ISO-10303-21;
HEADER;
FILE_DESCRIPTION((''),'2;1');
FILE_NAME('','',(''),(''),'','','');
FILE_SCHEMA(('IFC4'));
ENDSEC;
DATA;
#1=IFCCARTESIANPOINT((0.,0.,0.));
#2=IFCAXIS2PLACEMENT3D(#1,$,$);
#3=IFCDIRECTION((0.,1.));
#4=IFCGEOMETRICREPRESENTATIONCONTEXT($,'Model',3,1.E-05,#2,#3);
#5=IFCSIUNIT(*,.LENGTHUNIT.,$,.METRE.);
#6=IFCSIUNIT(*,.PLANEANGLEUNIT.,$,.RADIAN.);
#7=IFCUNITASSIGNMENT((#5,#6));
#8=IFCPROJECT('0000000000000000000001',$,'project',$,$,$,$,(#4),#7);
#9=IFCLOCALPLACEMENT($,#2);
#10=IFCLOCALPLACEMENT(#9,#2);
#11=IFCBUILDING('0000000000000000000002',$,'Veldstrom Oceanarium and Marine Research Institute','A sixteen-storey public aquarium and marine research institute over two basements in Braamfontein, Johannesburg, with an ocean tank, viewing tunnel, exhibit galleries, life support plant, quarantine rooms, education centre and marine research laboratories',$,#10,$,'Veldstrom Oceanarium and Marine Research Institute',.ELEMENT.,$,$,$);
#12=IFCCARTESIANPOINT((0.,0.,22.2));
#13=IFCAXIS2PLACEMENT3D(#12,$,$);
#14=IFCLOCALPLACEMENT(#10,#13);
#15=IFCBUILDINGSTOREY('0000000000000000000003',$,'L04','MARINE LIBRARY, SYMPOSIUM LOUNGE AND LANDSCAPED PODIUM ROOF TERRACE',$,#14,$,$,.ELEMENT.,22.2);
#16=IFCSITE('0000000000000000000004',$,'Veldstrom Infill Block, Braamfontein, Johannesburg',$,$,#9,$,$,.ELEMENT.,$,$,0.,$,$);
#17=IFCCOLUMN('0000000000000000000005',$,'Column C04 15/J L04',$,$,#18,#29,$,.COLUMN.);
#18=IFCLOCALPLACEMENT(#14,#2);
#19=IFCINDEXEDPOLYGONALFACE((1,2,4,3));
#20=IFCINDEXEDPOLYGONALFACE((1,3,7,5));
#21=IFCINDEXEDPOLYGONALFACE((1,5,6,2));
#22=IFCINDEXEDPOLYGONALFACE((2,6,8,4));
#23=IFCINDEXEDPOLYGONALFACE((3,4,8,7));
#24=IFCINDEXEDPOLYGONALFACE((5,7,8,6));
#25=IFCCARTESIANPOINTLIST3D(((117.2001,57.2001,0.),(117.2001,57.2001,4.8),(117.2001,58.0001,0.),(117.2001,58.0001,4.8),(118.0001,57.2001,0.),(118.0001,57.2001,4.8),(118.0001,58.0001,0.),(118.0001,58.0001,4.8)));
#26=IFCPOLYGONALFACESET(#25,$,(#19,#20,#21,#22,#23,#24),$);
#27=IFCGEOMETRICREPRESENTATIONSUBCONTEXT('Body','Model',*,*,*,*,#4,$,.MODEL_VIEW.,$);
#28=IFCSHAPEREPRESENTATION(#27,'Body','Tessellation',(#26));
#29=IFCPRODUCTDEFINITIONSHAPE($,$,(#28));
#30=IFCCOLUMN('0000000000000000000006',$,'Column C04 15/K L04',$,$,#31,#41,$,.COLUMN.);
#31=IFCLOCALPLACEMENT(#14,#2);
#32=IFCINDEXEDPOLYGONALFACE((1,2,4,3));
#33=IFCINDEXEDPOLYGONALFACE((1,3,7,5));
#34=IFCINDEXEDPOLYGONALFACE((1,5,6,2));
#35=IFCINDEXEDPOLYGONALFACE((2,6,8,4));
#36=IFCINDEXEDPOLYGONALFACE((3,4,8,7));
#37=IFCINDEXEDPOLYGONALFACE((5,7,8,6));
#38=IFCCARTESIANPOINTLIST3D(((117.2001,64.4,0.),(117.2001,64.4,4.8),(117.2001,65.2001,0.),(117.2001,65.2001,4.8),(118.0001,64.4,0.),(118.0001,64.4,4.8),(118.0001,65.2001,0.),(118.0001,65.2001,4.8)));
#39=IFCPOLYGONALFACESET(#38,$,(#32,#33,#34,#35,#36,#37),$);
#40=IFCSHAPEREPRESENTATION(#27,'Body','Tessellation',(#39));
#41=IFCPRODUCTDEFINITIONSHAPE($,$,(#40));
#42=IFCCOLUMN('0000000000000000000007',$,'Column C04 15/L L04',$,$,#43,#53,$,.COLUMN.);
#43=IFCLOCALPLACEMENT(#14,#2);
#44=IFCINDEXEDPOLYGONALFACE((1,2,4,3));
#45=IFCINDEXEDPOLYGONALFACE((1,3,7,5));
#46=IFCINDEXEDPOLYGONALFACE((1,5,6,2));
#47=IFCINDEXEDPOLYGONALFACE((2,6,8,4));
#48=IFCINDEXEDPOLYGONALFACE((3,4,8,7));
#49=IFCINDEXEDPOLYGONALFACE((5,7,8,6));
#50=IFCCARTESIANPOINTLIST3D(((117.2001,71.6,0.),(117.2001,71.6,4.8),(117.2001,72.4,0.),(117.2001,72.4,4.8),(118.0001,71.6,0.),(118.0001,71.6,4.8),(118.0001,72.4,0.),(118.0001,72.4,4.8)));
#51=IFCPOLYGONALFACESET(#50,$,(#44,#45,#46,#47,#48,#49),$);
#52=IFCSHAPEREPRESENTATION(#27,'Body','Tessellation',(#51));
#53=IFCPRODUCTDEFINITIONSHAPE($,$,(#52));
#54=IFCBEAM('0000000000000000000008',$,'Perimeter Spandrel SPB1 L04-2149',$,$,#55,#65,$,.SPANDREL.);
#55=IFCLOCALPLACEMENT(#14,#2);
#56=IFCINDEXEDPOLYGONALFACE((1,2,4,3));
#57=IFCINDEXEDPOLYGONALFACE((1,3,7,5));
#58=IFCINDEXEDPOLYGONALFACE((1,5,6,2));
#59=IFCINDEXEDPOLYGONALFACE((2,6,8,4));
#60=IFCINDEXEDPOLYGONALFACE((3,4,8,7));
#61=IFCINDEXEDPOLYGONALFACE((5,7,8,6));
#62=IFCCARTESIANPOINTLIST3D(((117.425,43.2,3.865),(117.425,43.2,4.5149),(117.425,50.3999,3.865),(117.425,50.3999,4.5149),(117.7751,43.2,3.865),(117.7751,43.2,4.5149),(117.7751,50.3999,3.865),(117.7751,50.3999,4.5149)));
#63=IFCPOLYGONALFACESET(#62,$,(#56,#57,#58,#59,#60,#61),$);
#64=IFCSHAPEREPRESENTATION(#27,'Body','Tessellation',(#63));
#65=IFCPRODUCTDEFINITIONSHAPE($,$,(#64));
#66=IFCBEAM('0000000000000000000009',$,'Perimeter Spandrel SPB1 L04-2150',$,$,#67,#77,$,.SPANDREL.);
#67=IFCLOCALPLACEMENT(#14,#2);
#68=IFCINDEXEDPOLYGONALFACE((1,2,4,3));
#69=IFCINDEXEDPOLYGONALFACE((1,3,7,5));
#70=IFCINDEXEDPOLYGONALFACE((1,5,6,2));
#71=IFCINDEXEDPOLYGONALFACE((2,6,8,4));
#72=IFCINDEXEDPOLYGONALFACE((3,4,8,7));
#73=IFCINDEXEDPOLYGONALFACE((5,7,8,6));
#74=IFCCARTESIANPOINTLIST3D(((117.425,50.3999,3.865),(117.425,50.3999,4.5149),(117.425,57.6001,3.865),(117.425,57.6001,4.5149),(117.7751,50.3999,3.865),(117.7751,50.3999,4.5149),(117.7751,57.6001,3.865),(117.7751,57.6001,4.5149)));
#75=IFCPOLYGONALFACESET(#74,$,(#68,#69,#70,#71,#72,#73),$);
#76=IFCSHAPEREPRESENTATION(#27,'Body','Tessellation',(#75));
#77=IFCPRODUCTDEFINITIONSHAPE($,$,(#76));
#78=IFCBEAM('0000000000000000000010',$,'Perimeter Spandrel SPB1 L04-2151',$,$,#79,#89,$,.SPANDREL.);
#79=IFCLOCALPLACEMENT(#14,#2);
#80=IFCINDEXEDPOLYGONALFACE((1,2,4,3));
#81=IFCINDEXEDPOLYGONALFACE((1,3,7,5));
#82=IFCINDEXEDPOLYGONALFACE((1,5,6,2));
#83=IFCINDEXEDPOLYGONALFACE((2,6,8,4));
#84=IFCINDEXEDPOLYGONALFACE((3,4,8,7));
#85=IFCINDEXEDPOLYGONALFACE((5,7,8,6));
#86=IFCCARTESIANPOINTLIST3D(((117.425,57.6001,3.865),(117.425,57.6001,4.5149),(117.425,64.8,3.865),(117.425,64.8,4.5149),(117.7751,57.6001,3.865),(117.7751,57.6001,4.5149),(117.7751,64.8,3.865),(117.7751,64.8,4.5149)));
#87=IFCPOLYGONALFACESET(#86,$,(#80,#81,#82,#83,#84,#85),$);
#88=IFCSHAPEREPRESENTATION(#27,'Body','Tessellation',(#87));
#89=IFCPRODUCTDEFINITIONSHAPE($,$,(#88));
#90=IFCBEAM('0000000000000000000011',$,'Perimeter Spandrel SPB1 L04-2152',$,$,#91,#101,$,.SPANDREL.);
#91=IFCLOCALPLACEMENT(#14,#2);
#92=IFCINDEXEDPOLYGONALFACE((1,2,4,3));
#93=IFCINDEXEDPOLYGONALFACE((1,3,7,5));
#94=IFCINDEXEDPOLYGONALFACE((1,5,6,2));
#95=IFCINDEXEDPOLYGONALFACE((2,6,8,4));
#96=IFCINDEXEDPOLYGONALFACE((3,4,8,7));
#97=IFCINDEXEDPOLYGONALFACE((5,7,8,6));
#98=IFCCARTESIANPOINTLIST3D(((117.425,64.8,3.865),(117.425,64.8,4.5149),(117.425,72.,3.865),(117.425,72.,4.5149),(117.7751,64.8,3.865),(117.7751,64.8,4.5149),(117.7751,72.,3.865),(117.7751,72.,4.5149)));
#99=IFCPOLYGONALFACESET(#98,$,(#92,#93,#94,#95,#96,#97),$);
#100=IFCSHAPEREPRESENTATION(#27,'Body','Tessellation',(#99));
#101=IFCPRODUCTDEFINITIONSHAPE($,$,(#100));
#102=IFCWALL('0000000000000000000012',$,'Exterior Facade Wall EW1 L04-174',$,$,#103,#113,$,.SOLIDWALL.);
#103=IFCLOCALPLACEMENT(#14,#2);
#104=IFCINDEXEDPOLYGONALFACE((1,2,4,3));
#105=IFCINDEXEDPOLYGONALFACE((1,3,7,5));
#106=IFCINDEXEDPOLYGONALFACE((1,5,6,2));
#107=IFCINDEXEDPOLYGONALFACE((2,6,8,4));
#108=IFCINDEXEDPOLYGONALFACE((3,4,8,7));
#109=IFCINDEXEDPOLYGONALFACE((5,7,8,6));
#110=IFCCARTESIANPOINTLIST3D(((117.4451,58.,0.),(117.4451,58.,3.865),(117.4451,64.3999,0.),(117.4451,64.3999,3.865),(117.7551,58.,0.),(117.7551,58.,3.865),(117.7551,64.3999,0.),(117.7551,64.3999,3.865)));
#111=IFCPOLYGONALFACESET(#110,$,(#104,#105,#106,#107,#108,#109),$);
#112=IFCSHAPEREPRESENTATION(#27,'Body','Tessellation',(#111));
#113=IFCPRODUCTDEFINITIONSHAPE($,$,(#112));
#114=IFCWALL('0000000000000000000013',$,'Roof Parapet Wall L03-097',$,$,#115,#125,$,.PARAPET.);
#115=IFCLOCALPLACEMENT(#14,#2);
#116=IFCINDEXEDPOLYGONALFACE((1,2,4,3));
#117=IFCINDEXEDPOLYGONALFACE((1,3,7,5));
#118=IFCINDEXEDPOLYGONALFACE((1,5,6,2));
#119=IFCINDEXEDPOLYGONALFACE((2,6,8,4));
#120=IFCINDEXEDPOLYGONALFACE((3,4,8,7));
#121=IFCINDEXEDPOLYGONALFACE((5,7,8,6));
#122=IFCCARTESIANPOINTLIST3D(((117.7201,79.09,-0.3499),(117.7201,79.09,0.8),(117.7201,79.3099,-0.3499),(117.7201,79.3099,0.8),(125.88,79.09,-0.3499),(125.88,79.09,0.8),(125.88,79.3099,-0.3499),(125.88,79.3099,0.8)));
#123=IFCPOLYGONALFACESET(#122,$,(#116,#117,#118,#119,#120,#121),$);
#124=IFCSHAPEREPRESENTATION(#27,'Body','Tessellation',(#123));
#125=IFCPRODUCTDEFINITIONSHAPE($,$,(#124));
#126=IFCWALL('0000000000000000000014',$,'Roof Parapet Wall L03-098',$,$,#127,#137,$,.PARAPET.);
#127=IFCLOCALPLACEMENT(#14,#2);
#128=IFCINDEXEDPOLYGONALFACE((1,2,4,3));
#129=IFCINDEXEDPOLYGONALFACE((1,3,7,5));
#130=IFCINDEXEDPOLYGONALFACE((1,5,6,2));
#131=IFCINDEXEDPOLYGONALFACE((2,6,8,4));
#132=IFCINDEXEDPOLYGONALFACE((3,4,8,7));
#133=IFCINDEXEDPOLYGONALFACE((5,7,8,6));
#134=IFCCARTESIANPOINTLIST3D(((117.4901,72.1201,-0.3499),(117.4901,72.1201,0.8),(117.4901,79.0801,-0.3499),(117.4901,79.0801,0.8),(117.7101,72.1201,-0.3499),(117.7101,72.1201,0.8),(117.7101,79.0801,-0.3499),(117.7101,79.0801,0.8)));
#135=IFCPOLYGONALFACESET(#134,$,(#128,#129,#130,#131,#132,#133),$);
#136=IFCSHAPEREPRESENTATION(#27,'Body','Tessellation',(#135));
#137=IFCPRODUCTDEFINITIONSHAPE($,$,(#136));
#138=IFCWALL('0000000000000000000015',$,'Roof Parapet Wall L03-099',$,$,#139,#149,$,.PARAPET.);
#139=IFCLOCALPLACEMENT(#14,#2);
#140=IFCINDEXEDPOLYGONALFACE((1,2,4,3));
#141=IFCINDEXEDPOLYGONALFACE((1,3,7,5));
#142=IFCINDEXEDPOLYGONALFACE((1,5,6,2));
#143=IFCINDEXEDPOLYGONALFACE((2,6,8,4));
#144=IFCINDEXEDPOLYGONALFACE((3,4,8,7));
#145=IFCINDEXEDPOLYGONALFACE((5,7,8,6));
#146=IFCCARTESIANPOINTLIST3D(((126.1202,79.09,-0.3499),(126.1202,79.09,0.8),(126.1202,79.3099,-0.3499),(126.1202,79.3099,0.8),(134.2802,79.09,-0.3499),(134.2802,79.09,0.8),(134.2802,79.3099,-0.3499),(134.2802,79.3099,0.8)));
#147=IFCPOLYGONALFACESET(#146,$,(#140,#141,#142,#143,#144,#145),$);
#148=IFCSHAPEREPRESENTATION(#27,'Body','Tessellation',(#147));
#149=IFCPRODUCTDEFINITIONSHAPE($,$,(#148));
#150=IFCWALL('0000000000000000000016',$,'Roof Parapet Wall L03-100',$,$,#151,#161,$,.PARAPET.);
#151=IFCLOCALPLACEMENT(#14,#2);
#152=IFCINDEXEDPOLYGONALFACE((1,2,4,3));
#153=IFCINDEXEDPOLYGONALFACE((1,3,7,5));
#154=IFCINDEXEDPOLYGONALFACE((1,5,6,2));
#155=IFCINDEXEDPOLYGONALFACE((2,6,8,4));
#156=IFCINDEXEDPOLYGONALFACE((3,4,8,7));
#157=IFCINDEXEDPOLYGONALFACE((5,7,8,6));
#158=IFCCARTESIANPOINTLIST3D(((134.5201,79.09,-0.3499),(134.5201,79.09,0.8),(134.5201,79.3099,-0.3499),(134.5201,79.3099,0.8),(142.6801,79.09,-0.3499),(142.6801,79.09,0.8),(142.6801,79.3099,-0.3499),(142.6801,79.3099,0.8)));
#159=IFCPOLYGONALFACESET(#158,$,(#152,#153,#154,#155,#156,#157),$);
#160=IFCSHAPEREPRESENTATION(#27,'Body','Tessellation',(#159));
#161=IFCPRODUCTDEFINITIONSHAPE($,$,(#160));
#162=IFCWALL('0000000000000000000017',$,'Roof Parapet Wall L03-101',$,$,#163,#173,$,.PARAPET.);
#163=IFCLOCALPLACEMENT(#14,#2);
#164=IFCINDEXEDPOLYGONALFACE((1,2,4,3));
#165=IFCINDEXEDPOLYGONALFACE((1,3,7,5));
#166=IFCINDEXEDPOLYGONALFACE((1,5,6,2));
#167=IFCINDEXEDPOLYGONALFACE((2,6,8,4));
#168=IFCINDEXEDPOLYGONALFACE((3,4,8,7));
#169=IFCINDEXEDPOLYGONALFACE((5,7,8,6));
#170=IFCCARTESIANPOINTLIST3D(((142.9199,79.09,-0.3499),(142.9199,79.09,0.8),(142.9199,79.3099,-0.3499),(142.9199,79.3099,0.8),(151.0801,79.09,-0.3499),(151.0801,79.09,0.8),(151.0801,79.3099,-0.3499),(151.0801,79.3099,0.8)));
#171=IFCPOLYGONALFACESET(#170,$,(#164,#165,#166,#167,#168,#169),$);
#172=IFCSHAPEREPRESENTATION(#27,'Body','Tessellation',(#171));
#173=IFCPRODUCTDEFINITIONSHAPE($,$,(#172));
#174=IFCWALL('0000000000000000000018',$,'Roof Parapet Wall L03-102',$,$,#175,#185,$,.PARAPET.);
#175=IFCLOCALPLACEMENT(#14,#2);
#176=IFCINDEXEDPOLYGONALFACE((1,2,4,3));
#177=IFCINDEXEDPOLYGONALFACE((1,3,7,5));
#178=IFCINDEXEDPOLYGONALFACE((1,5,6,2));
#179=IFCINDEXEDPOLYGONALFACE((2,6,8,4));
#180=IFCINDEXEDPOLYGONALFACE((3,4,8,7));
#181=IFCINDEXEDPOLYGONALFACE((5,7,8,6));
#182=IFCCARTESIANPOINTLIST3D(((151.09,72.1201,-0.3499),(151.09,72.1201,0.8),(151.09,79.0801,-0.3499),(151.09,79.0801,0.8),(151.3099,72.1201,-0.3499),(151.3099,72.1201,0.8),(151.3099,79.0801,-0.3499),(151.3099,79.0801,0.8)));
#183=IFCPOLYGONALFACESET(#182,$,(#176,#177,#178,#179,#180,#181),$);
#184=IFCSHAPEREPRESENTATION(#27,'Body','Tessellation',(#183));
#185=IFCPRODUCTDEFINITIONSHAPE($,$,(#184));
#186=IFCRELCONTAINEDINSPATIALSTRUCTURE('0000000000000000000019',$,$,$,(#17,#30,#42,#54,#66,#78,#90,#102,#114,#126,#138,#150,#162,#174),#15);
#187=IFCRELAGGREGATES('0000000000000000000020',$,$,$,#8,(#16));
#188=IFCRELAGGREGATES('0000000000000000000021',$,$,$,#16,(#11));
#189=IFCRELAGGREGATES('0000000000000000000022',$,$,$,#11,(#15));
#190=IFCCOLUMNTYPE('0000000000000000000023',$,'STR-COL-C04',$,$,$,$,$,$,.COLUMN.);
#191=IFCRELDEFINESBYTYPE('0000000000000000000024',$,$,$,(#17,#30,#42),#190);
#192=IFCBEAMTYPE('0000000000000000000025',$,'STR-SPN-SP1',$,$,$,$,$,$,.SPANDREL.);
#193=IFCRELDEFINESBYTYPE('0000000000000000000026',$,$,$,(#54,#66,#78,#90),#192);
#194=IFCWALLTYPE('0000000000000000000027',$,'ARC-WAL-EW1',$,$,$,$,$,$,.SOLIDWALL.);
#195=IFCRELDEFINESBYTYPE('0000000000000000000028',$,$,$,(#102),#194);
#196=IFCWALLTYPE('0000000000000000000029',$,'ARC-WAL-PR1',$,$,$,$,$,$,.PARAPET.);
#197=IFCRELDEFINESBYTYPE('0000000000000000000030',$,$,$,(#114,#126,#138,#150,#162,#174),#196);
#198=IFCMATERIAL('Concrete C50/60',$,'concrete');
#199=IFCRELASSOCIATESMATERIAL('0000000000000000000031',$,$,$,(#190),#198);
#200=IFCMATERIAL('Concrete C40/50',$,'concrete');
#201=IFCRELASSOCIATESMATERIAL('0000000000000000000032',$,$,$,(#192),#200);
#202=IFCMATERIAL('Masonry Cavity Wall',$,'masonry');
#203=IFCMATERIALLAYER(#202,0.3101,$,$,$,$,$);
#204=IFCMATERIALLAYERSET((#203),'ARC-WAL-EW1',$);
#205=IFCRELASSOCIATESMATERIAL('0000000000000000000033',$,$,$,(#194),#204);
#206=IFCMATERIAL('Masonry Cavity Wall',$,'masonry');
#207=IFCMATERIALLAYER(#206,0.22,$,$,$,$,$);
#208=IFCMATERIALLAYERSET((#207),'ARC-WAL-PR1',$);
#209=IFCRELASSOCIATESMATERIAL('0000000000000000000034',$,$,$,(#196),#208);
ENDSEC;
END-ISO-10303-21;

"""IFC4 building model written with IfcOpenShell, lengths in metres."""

from ifc_helpers import new_model, si_unit, direction, frame, frame_2d, origin, origin_2d, place, context, subcontext, project, spatial, rectangle, extrude, material, layer, layer_set, material_profile, profile_set, type_object, element, save


model = new_model("IFC4")

# Units and contexts
model_context = context("Model", 3, precision=1e-05, world=origin(), true_north=direction((0.0, 1.0)))
body_context = subcontext(model_context, "Body", "Model", "MODEL_VIEW")
ifc_project = project(units=[si_unit("LENGTHUNIT", "METRE"), si_unit("PLANEANGLEUNIT", "RADIAN")], contexts=[model_context])

# Site, building, storey
site_placement = place(None, origin())
site = spatial("IfcSite", under=ifc_project, at=site_placement, Name="Veldstrom Infill Block, Braamfontein, Johannesburg", CompositionType="ELEMENT", RefElevation=0.0)
building_placement = place(site_placement, origin())
building = spatial("IfcBuilding", under=site, at=building_placement, Name="Veldstrom Oceanarium and Marine Research Institute", Description="A sixteen-storey public aquarium and marine research institute over two basements in Braamfontein, Johannesburg, with an ocean tank, viewing tunnel, exhibit galleries, life support plant, quarantine rooms, education centre and marine research laboratories", LongName="Veldstrom Oceanarium and Marine Research Institute", CompositionType="ELEMENT")
storey_placement = place(building_placement, frame((0.0, 0.0, 22.2)))
storey = spatial("IfcBuildingStorey", under=building, at=storey_placement, Name="L04", Description="MARINE LIBRARY, SYMPOSIUM LOUNGE AND LANDSCAPED PODIUM ROOF TERRACE", CompositionType="ELEMENT", Elevation=22.2)

# Columns
ifc_material_1 = material(Name="Concrete C50/60", Category="concrete")
ifc_material_profile_1 = material_profile(ifc_material_1, rectangle(XDim=0.8, YDim=0.8, at=origin_2d()), Name="RC-COL-800x800")
ifc_profile_set_1 = profile_set([ifc_material_profile_1], Name="Concrete C50/60")
column_type = type_object("IfcColumnType", Name="STR-COL-C04", PredefinedType="COLUMN", material=ifc_profile_set_1)
for number, where, z_axis, x_axis, name in (
    (1, (117.6001, 57.6001, 0.0), (0.0, 0.0, 1.0), (1.0, 0.0, 0.0), "Column C04 15/J L04"),
    (2, (117.6001, 64.8, 0.0), (0.0, 0.0, 1.0), (1.0, 0.0, 0.0), "Column C04 15/K L04"),
    (3, (117.6001, 72.0, 0.0), (0.0, 0.0, 1.0), (1.0, 0.0, 0.0), "Column C04 15/L L04"),
):
    element("IfcColumn", number, at=place(storey_placement, frame(where, z_axis=z_axis, x_axis=x_axis)), inside=storey, type_object=column_type, Name=name, PredefinedType="COLUMN", context=body_context, shape_type="SweptSolid", body=[
        extrude(rectangle(XDim=0.8, YDim=0.8, at=origin_2d()), origin(), (0.0, 0.0, 1.0), 4.8),
    ])

# Beams
ifc_material_2 = material(Name="Concrete C40/50", Category="concrete")
ifc_material_profile_2 = material_profile(ifc_material_2, rectangle(XDim=0.3501, YDim=0.6499, at=origin_2d()), Name="RC-SPN-350x650")
ifc_profile_set_2 = profile_set([ifc_material_profile_2], Name="Concrete C40/50")
beam_type = type_object("IfcBeamType", Name="STR-SPN-SP1", PredefinedType="SPANDREL", material=ifc_profile_set_2)
beam_1_placement = place(storey_placement, frame((117.6001, 43.2, 4.1899), z_axis=(0.0, 1.0, 0.0), x_axis=(-1.0, 0.0, 0.0)))
element("IfcBeam", 4, at=beam_1_placement, inside=storey, type_object=beam_type, Name="Perimeter Spandrel SPB1 L04-2149", PredefinedType="SPANDREL", context=body_context, shape_type="SweptSolid", body=[
    extrude(rectangle(XDim=0.3501, YDim=0.6499, at=origin_2d()), origin(), (0.0, 0.0, 1.0), 7.2),
])
beam_2_placement = place(storey_placement, frame((117.6001, 50.3999, 4.1899), z_axis=(0.0, 1.0, 0.0), x_axis=(-1.0, 0.0, 0.0)))
element("IfcBeam", 5, at=beam_2_placement, inside=storey, type_object=beam_type, Name="Perimeter Spandrel SPB1 L04-2150", PredefinedType="SPANDREL", context=body_context, shape_type="SweptSolid", body=[
    extrude(rectangle(XDim=0.3501, YDim=0.6499, at=origin_2d()), origin(), (0.0, 0.0, 1.0), 7.2002),
])
for number, where, z_axis, x_axis, name in (
    (6, (117.6001, 57.6001, 4.1899), (0.0, 1.0, 0.0), (-1.0, 0.0, 0.0), "Perimeter Spandrel SPB1 L04-2151"),
    (7, (117.6001, 64.8, 4.1899), (0.0, 1.0, 0.0), (-1.0, 0.0, 0.0), "Perimeter Spandrel SPB1 L04-2152"),
):
    element("IfcBeam", number, at=place(storey_placement, frame(where, z_axis=z_axis, x_axis=x_axis)), inside=storey, type_object=beam_type, Name=name, PredefinedType="SPANDREL", context=body_context, shape_type="SweptSolid", body=[
        extrude(rectangle(XDim=0.3501, YDim=0.6499, at=origin_2d()), origin(), (0.0, 0.0, 1.0), 7.2),
    ])

# Wall
ifc_material_3 = material(Name="Masonry Cavity Wall", Category="masonry")
ifc_layer_1 = layer(ifc_material_3, 0.3101)
ifc_layer_set_1 = layer_set([ifc_layer_1], Name="ARC-WAL-EW1")
wall_type_1 = type_object("IfcWallType", Name="ARC-WAL-EW1", PredefinedType="SOLIDWALL", material=ifc_layer_set_1)
wall_1_placement = place(storey_placement, frame((117.6001, 58.0, 0.0), z_axis=(0.0, 0.0, 1.0), x_axis=(0.0, 1.0, 0.0)))
element("IfcWall", 8, at=wall_1_placement, inside=storey, type_object=wall_type_1, Name="Exterior Facade Wall EW1 L04-174", PredefinedType="SOLIDWALL", context=body_context, shape_type="SweptSolid", body=[
    extrude(rectangle(XDim=6.3999, YDim=0.3101, at=frame_2d((3.2, 0.0))), origin(), (0.0, 0.0, 1.0), 3.865),
])

# Walls
ifc_material_4 = material(Name="Masonry Cavity Wall", Category="masonry")
ifc_layer_2 = layer(ifc_material_4, 0.22)
ifc_layer_set_2 = layer_set([ifc_layer_2], Name="ARC-WAL-PR1")
wall_type_2 = type_object("IfcWallType", Name="ARC-WAL-PR1", PredefinedType="PARAPET", material=ifc_layer_set_2)
wall_2_placement = place(storey_placement, frame((117.72, 79.2, -0.3499), z_axis=(0.0, 0.0, 1.0), x_axis=(1.0, 0.0, 0.0)))
element("IfcWall", 9, at=wall_2_placement, inside=storey, type_object=wall_type_2, Name="Roof Parapet Wall L03-097", PredefinedType="PARAPET", context=body_context, shape_type="SweptSolid", body=[
    extrude(rectangle(XDim=8.1599, YDim=0.22, at=frame_2d((4.0801, 0.0))), origin(), (0.0, 0.0, 1.0), 1.1499),
])
wall_3_placement = place(storey_placement, frame((117.6001, 72.1201, -0.3499), z_axis=(0.0, 0.0, 1.0), x_axis=(0.0, 1.0, 0.0)))
element("IfcWall", 10, at=wall_3_placement, inside=storey, type_object=wall_type_2, Name="Roof Parapet Wall L03-098", PredefinedType="PARAPET", context=body_context, shape_type="SweptSolid", body=[
    extrude(rectangle(XDim=6.96, YDim=0.22, at=frame_2d((3.48, 0.0))), origin(), (0.0, 0.0, 1.0), 1.1499),
])
for number, where, z_axis, x_axis, name in (
    (11, (126.1201, 79.2, -0.3499), (0.0, 0.0, 1.0), (1.0, 0.0, 0.0), "Roof Parapet Wall L03-099"),
    (12, (134.52, 79.2, -0.3499), (0.0, 0.0, 1.0), (1.0, 0.0, 0.0), "Roof Parapet Wall L03-100"),
):
    element("IfcWall", number, at=place(storey_placement, frame(where, z_axis=z_axis, x_axis=x_axis)), inside=storey, type_object=wall_type_2, Name=name, PredefinedType="PARAPET", context=body_context, shape_type="SweptSolid", body=[
        extrude(rectangle(XDim=8.1599, YDim=0.22, at=frame_2d((4.0801, 0.0))), origin(), (0.0, 0.0, 1.0), 1.1499),
    ])
wall_4_placement = place(storey_placement, frame((142.9199, 79.2, -0.3499), z_axis=(0.0, 0.0, 1.0), x_axis=(1.0, 0.0, 0.0)))
element("IfcWall", 13, at=wall_4_placement, inside=storey, type_object=wall_type_2, Name="Roof Parapet Wall L03-101", PredefinedType="PARAPET", context=body_context, shape_type="SweptSolid", body=[
    extrude(rectangle(XDim=8.1602, YDim=0.22, at=frame_2d((4.0801, 0.0))), origin(), (0.0, 0.0, 1.0), 1.1499),
])
wall_5_placement = place(storey_placement, frame((151.2, 72.1201, -0.3499), z_axis=(0.0, 0.0, 1.0), x_axis=(0.0, 1.0, 0.0)))
element("IfcWall", 14, at=wall_5_placement, inside=storey, type_object=wall_type_2, Name="Roof Parapet Wall L03-102", PredefinedType="PARAPET", context=body_context, shape_type="SweptSolid", body=[
    extrude(rectangle(XDim=6.96, YDim=0.22, at=frame_2d((3.48, 0.0))), origin(), (0.0, 0.0, 1.0), 1.1499),
])

save(model, "model.ifc")
